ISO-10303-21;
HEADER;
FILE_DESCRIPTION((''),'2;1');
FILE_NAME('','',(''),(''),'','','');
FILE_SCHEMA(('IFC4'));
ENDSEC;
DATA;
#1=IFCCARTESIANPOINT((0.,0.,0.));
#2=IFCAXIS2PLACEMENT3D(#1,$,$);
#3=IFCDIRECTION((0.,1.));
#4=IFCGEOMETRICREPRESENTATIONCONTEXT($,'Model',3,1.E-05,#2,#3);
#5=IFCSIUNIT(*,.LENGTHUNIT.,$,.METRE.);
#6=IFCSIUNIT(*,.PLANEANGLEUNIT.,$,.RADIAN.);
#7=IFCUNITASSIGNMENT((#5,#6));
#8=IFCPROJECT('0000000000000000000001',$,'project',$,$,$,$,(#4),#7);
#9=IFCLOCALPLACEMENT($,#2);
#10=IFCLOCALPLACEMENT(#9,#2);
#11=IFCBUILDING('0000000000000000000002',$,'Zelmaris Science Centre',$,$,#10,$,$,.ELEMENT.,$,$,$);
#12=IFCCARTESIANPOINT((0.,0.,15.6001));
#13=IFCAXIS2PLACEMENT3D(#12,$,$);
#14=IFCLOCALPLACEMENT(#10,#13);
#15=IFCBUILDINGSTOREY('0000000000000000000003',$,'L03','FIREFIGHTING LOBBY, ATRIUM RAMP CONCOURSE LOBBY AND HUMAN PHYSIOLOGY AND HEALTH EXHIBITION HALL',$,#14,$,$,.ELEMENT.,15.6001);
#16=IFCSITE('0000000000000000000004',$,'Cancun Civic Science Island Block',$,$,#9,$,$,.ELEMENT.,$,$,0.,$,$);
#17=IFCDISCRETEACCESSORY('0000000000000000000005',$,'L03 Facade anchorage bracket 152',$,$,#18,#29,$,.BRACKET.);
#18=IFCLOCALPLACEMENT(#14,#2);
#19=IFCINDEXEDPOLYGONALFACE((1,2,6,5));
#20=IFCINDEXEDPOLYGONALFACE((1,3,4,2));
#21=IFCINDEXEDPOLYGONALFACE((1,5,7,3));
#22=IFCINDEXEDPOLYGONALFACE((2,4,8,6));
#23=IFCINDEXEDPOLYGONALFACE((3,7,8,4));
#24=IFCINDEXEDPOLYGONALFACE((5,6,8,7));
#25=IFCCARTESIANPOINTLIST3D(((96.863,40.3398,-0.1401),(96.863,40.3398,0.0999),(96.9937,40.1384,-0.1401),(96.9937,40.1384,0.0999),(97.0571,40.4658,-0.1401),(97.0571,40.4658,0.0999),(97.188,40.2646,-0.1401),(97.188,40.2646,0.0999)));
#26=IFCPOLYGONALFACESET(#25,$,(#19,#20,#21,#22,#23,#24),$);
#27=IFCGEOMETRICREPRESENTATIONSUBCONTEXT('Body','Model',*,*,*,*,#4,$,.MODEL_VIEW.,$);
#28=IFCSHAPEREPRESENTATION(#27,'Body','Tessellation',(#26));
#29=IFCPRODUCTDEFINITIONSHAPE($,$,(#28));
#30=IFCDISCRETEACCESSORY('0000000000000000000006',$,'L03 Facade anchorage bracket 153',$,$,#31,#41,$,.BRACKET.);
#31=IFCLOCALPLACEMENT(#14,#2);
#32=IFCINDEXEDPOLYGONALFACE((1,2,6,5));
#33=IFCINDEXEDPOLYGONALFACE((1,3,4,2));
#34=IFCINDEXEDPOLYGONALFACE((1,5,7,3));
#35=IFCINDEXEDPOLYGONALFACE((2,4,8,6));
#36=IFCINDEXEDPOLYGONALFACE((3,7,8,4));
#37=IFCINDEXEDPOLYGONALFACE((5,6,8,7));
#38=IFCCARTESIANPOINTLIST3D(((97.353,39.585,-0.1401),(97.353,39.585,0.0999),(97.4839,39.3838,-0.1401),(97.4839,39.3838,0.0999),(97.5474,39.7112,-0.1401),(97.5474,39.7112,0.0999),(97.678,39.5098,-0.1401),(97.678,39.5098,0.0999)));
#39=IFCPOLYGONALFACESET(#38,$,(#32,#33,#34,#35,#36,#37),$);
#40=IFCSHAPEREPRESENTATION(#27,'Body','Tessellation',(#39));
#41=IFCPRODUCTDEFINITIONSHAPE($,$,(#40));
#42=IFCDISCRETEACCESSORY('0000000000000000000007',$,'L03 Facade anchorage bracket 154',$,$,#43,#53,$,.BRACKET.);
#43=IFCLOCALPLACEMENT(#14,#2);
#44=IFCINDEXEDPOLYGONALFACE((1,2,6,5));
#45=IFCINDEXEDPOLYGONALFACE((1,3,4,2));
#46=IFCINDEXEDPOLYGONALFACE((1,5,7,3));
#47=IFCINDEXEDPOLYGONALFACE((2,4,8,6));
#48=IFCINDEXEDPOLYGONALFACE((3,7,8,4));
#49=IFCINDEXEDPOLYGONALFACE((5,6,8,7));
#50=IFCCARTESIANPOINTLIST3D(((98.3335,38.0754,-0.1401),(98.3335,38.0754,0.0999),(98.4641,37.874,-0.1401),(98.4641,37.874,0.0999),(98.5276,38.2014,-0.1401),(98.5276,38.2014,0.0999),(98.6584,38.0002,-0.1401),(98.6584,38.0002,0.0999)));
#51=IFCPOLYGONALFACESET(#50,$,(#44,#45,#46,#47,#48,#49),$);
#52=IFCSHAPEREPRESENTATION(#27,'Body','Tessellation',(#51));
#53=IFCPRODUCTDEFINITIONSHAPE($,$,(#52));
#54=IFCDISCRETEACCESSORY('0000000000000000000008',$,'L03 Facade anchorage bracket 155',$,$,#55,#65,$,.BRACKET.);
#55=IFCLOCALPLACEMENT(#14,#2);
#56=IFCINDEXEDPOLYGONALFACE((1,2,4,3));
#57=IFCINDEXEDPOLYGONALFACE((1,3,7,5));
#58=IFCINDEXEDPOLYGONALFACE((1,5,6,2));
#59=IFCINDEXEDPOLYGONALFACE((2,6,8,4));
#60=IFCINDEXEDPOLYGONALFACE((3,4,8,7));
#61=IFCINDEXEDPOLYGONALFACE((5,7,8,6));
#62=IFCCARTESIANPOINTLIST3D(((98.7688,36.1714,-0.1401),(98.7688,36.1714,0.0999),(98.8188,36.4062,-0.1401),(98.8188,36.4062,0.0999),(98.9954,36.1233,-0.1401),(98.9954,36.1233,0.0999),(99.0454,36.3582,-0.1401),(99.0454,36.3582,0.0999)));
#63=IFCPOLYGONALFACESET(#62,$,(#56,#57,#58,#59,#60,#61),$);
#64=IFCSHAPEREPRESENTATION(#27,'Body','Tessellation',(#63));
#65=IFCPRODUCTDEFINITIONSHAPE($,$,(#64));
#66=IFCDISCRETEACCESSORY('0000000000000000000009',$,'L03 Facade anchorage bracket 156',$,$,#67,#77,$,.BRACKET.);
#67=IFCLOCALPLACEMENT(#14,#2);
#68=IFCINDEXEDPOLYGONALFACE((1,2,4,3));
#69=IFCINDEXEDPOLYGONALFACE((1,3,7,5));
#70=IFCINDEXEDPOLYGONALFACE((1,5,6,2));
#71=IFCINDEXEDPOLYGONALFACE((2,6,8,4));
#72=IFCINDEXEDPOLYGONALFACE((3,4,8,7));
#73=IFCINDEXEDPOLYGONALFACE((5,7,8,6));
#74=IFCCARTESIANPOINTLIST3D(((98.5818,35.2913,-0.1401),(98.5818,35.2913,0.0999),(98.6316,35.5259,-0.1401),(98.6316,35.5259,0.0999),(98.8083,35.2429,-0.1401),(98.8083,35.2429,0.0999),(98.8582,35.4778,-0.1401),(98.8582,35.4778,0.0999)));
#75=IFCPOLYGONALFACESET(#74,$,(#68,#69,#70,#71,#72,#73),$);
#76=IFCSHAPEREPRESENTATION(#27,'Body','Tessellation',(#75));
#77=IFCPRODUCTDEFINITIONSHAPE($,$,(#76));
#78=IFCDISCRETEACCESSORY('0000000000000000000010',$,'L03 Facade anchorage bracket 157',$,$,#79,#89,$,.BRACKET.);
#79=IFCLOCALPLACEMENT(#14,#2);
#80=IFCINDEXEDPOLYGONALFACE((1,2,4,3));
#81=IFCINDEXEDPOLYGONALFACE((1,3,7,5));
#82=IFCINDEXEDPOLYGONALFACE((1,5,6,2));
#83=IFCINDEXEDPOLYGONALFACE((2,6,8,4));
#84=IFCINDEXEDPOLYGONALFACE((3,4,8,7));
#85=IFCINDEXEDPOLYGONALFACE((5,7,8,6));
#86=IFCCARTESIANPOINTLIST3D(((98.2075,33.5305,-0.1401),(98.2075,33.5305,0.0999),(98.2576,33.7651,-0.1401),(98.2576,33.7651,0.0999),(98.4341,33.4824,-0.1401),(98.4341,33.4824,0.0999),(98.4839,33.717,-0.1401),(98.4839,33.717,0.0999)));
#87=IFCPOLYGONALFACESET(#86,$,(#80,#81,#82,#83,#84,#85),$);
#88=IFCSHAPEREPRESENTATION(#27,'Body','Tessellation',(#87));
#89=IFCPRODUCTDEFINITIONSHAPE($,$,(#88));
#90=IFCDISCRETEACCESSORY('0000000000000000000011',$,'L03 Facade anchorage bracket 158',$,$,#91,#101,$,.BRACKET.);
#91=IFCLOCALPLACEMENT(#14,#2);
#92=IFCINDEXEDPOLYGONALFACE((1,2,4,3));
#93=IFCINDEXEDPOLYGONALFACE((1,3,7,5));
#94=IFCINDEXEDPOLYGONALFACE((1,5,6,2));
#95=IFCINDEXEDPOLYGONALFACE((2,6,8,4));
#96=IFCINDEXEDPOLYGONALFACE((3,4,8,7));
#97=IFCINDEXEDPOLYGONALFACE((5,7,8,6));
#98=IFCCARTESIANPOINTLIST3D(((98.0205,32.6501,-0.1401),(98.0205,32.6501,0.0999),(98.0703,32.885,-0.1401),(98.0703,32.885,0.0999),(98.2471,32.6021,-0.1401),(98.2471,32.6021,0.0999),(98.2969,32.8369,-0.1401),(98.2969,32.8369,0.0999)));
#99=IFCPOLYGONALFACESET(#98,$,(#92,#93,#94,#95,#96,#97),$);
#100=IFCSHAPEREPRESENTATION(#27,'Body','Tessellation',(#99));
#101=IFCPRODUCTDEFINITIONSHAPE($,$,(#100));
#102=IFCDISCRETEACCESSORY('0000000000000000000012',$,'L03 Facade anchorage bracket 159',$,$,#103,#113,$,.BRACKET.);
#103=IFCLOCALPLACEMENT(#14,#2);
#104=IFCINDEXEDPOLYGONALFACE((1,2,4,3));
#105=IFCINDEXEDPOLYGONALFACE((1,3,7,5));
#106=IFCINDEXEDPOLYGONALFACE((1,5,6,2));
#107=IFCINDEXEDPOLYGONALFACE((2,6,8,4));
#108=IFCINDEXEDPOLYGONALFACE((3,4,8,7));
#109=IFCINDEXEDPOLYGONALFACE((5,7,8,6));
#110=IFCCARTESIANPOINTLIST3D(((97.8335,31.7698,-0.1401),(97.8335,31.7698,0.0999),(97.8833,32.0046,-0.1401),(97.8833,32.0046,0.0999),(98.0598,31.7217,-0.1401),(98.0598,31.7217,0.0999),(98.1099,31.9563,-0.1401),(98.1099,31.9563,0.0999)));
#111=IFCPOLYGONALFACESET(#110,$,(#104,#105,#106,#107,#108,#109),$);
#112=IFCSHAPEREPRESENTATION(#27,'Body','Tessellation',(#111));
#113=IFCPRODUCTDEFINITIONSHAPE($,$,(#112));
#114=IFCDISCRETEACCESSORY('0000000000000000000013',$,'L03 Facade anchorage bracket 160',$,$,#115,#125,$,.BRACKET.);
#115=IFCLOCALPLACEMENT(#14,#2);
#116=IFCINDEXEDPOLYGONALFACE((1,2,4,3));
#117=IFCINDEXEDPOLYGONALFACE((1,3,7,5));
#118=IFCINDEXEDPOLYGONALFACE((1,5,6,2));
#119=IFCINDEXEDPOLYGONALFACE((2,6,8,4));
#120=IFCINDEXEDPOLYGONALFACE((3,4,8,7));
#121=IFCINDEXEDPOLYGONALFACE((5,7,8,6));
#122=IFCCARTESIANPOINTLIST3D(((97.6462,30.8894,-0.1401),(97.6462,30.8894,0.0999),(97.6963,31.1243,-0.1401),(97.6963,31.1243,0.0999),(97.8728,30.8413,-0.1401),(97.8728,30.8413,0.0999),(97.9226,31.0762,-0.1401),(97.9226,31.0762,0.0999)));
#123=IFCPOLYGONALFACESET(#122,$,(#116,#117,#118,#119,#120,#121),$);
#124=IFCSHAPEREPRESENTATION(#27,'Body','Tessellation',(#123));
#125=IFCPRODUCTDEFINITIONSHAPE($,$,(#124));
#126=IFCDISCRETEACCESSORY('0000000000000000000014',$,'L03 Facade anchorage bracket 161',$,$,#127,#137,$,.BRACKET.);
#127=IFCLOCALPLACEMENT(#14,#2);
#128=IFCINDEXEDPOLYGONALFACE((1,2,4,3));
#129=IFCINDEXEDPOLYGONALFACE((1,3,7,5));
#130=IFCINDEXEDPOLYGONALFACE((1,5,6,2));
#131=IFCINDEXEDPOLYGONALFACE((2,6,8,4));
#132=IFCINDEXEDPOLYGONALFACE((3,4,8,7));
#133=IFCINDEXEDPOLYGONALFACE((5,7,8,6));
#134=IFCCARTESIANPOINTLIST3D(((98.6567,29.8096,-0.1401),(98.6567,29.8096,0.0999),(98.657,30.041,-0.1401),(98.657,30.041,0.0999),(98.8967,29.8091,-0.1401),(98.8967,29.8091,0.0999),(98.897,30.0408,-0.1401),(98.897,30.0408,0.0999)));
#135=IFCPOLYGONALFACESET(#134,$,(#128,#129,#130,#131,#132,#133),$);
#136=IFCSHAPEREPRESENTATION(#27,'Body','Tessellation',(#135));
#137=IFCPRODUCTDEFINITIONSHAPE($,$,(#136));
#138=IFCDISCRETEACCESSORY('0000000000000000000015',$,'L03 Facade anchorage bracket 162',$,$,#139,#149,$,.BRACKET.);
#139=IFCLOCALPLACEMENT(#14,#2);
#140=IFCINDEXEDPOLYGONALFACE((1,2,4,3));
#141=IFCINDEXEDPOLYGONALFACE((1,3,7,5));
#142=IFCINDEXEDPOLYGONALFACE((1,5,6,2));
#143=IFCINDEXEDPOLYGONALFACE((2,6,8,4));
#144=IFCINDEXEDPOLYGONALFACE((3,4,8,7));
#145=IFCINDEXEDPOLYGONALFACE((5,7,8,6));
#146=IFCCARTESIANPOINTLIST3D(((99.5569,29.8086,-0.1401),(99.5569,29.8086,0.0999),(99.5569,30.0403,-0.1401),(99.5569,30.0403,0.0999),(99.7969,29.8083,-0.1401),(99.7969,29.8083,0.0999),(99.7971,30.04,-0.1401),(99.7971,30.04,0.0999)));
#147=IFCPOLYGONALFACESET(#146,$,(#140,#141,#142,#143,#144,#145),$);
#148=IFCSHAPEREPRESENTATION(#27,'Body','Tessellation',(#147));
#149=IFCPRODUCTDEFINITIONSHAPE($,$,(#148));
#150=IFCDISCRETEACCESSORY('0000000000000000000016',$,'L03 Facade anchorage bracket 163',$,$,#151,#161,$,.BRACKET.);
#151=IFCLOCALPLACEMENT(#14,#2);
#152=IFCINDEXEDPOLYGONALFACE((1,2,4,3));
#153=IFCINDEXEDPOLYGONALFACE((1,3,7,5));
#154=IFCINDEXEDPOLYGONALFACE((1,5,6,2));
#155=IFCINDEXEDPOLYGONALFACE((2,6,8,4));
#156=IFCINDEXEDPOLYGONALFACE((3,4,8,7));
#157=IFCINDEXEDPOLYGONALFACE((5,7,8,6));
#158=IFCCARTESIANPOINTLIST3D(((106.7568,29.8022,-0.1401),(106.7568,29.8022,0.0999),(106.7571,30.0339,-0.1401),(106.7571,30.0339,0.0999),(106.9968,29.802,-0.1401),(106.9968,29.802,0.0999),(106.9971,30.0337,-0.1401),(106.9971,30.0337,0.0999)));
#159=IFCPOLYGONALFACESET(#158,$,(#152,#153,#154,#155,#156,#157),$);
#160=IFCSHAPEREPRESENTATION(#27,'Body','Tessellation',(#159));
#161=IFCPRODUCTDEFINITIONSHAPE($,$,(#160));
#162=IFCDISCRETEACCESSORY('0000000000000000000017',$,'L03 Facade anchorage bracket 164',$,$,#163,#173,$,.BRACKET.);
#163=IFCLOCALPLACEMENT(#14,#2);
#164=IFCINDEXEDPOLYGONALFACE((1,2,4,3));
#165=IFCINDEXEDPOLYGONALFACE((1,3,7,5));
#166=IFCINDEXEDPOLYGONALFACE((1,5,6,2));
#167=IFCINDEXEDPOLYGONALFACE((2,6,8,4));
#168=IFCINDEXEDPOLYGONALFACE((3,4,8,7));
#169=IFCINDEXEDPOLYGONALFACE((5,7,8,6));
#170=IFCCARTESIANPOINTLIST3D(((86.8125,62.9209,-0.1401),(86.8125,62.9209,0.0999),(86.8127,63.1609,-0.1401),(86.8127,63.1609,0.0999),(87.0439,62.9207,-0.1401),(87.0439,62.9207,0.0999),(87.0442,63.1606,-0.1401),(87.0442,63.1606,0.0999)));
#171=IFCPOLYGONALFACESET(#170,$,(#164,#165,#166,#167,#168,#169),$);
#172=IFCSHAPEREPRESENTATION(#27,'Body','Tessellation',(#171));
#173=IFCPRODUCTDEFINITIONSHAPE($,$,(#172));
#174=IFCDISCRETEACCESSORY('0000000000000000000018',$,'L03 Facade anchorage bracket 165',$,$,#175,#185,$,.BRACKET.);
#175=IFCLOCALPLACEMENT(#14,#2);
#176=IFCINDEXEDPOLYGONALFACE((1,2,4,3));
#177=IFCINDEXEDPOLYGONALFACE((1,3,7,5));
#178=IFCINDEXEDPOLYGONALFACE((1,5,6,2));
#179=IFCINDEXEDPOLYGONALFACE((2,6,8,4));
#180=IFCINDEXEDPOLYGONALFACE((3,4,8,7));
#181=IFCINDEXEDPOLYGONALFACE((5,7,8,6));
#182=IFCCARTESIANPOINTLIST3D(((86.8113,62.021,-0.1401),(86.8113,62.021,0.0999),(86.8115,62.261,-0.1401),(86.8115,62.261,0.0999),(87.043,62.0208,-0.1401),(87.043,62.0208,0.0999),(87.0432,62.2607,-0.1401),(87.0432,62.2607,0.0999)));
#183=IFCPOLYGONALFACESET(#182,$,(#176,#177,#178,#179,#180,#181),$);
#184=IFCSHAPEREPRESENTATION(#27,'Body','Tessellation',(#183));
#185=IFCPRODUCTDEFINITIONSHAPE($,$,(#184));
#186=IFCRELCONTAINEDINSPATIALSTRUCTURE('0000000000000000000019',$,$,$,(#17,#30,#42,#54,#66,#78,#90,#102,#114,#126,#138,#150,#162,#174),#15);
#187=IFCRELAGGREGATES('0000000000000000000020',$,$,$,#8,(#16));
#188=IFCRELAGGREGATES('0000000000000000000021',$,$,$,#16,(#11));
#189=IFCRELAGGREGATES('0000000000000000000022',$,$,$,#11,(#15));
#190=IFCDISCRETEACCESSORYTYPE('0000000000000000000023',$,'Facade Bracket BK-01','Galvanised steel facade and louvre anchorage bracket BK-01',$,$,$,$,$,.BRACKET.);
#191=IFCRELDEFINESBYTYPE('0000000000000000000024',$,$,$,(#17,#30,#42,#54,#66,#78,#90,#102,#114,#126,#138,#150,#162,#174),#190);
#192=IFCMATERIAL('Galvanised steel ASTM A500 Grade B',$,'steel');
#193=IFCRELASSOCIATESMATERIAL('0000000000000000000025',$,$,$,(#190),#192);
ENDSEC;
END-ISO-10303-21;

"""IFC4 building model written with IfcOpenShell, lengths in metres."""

from ifc_helpers import new_model, si_unit, direction, frame, origin, place, context, subcontext, project, spatial, polyline, outline, extrude, material, type_object, element, save


model = new_model("IFC4")

# Units and contexts
model_context = context("Model", 3, precision=1e-05, world=origin(), true_north=direction((0.0, 1.0)))
body_context = subcontext(model_context, "Body", "Model", "MODEL_VIEW")
ifc_project = project(units=[si_unit("LENGTHUNIT", "METRE"), si_unit("PLANEANGLEUNIT", "RADIAN")], contexts=[model_context])

# Site, building, storey
site_placement = place(None, origin())
site = spatial("IfcSite", under=ifc_project, at=site_placement, Name="Cancun Civic Science Island Block", CompositionType="ELEMENT", RefElevation=0.0)
building_placement = place(site_placement, origin())
building = spatial("IfcBuilding", under=site, at=building_placement, Name="Zelmaris Science Centre", CompositionType="ELEMENT")
storey_placement = place(building_placement, frame((0.0, 0.0, 15.6001)))
storey = spatial("IfcBuildingStorey", under=building, at=storey_placement, Name="L03", Description="FIREFIGHTING LOBBY, ATRIUM RAMP CONCOURSE LOBBY AND HUMAN PHYSIOLOGY AND HEALTH EXHIBITION HALL", CompositionType="ELEMENT", Elevation=15.6001)

# Discrete accessories
ifc_material_1 = material(Name="Galvanised steel ASTM A500 Grade B", Category="steel")
discrete_accessory_type = type_object("IfcDiscreteAccessoryType", Name="Facade Bracket BK-01", Description="Galvanised steel facade and louvre anchorage bracket BK-01", PredefinedType="BRACKET", material=ifc_material_1)
discrete_accessory_1_placement = place(storey_placement, frame((0.0, 0.0, -0.1401)))
element("IfcDiscreteAccessory", 1, at=discrete_accessory_1_placement, inside=storey, type_object=discrete_accessory_type, Name="L03 Facade anchorage bracket 152", PredefinedType="BRACKET", context=body_context, shape_type="SweptSolid", body=[
    extrude(outline(polyline([(96.863, 40.3398), (96.9937, 40.1384), (97.188, 40.2646), (97.0571, 40.4658), (96.863, 40.3398)])), origin(), (0.0, 0.0, 1.0), 0.24),
])
discrete_accessory_2_placement = place(storey_placement, frame((0.0, 0.0, -0.1401)))
element("IfcDiscreteAccessory", 2, at=discrete_accessory_2_placement, inside=storey, type_object=discrete_accessory_type, Name="L03 Facade anchorage bracket 153", PredefinedType="BRACKET", context=body_context, shape_type="SweptSolid", body=[
    extrude(outline(polyline([(97.353, 39.585), (97.4839, 39.3838), (97.678, 39.5098), (97.5474, 39.7112), (97.353, 39.585)])), origin(), (0.0, 0.0, 1.0), 0.24),
])
discrete_accessory_3_placement = place(storey_placement, frame((0.0, 0.0, -0.1401)))
element("IfcDiscreteAccessory", 3, at=discrete_accessory_3_placement, inside=storey, type_object=discrete_accessory_type, Name="L03 Facade anchorage bracket 154", PredefinedType="BRACKET", context=body_context, shape_type="SweptSolid", body=[
    extrude(outline(polyline([(98.3335, 38.0754), (98.4641, 37.874), (98.6584, 38.0002), (98.5276, 38.2014), (98.3335, 38.0754)])), origin(), (0.0, 0.0, 1.0), 0.24),
])
discrete_accessory_4_placement = place(storey_placement, frame((0.0, 0.0, -0.1401)))
element("IfcDiscreteAccessory", 4, at=discrete_accessory_4_placement, inside=storey, type_object=discrete_accessory_type, Name="L03 Facade anchorage bracket 155", PredefinedType="BRACKET", context=body_context, shape_type="SweptSolid", body=[
    extrude(outline(polyline([(98.8188, 36.4062), (98.7688, 36.1714), (98.9954, 36.1233), (99.0454, 36.3582), (98.8188, 36.4062)])), origin(), (0.0, 0.0, 1.0), 0.24),
])
discrete_accessory_5_placement = place(storey_placement, frame((0.0, 0.0, -0.1401)))
element("IfcDiscreteAccessory", 5, at=discrete_accessory_5_placement, inside=storey, type_object=discrete_accessory_type, Name="L03 Facade anchorage bracket 156", PredefinedType="BRACKET", context=body_context, shape_type="SweptSolid", body=[
    extrude(outline(polyline([(98.6316, 35.5259), (98.5818, 35.2913), (98.8083, 35.2429), (98.8582, 35.4778), (98.6316, 35.5259)])), origin(), (0.0, 0.0, 1.0), 0.24),
])
discrete_accessory_6_placement = place(storey_placement, frame((0.0, 0.0, -0.1401)))
element("IfcDiscreteAccessory", 6, at=discrete_accessory_6_placement, inside=storey, type_object=discrete_accessory_type, Name="L03 Facade anchorage bracket 157", PredefinedType="BRACKET", context=body_context, shape_type="SweptSolid", body=[
    extrude(outline(polyline([(98.2576, 33.7651), (98.2075, 33.5305), (98.4341, 33.4824), (98.4839, 33.717), (98.2576, 33.7651)])), origin(), (0.0, 0.0, 1.0), 0.24),
])
discrete_accessory_7_placement = place(storey_placement, frame((0.0, 0.0, -0.1401)))
element("IfcDiscreteAccessory", 7, at=discrete_accessory_7_placement, inside=storey, type_object=discrete_accessory_type, Name="L03 Facade anchorage bracket 158", PredefinedType="BRACKET", context=body_context, shape_type="SweptSolid", body=[
    extrude(outline(polyline([(98.0703, 32.885), (98.0205, 32.6501), (98.2471, 32.6021), (98.2969, 32.8369), (98.0703, 32.885)])), origin(), (0.0, 0.0, 1.0), 0.24),
])
discrete_accessory_8_placement = place(storey_placement, frame((0.0, 0.0, -0.1401)))
element("IfcDiscreteAccessory", 8, at=discrete_accessory_8_placement, inside=storey, type_object=discrete_accessory_type, Name="L03 Facade anchorage bracket 159", PredefinedType="BRACKET", context=body_context, shape_type="SweptSolid", body=[
    extrude(outline(polyline([(97.8833, 32.0046), (97.8335, 31.7698), (98.0598, 31.7217), (98.1099, 31.9563), (97.8833, 32.0046)])), origin(), (0.0, 0.0, 1.0), 0.24),
])
discrete_accessory_9_placement = place(storey_placement, frame((0.0, 0.0, -0.1401)))
element("IfcDiscreteAccessory", 9, at=discrete_accessory_9_placement, inside=storey, type_object=discrete_accessory_type, Name="L03 Facade anchorage bracket 160", PredefinedType="BRACKET", context=body_context, shape_type="SweptSolid", body=[
    extrude(outline(polyline([(97.6963, 31.1243), (97.6462, 30.8894), (97.8728, 30.8413), (97.9226, 31.0762), (97.6963, 31.1243)])), origin(), (0.0, 0.0, 1.0), 0.24),
])
discrete_accessory_10_placement = place(storey_placement, frame((0.0, 0.0, -0.1401)))
element("IfcDiscreteAccessory", 10, at=discrete_accessory_10_placement, inside=storey, type_object=discrete_accessory_type, Name="L03 Facade anchorage bracket 161", PredefinedType="BRACKET", context=body_context, shape_type="SweptSolid", body=[
    extrude(outline(polyline([(98.6567, 29.8096), (98.8967, 29.8091), (98.897, 30.0408), (98.657, 30.041), (98.6567, 29.8096)])), origin(), (0.0, 0.0, 1.0), 0.24),
])
discrete_accessory_11_placement = place(storey_placement, frame((0.0, 0.0, -0.1401)))
element("IfcDiscreteAccessory", 11, at=discrete_accessory_11_placement, inside=storey, type_object=discrete_accessory_type, Name="L03 Facade anchorage bracket 162", PredefinedType="BRACKET", context=body_context, shape_type="SweptSolid", body=[
    extrude(outline(polyline([(99.5569, 29.8086), (99.7969, 29.8083), (99.7971, 30.04), (99.5569, 30.0403), (99.5569, 29.8086)])), origin(), (0.0, 0.0, 1.0), 0.24),
])
discrete_accessory_12_placement = place(storey_placement, frame((0.0, 0.0, -0.1401)))
element("IfcDiscreteAccessory", 12, at=discrete_accessory_12_placement, inside=storey, type_object=discrete_accessory_type, Name="L03 Facade anchorage bracket 163", PredefinedType="BRACKET", context=body_context, shape_type="SweptSolid", body=[
    extrude(outline(polyline([(106.7568, 29.8022), (106.9968, 29.802), (106.9971, 30.0337), (106.7571, 30.0339), (106.7568, 29.8022)])), origin(), (0.0, 0.0, 1.0), 0.24),
])
discrete_accessory_13_placement = place(storey_placement, frame((0.0, 0.0, -0.1401)))
element("IfcDiscreteAccessory", 13, at=discrete_accessory_13_placement, inside=storey, type_object=discrete_accessory_type, Name="L03 Facade anchorage bracket 164", PredefinedType="BRACKET", context=body_context, shape_type="SweptSolid", body=[
    extrude(outline(polyline([(86.8127, 63.1609), (86.8125, 62.9209), (87.0439, 62.9207), (87.0442, 63.1606), (86.8127, 63.1609)])), origin(), (0.0, 0.0, 1.0), 0.24),
])
discrete_accessory_14_placement = place(storey_placement, frame((0.0, 0.0, -0.1401)))
element("IfcDiscreteAccessory", 14, at=discrete_accessory_14_placement, inside=storey, type_object=discrete_accessory_type, Name="L03 Facade anchorage bracket 165", PredefinedType="BRACKET", context=body_context, shape_type="SweptSolid", body=[
    extrude(outline(polyline([(86.8115, 62.261), (86.8113, 62.021), (87.043, 62.0208), (87.0432, 62.2607), (86.8115, 62.261)])), origin(), (0.0, 0.0, 1.0), 0.24),
])

save(model, "model.ifc")
